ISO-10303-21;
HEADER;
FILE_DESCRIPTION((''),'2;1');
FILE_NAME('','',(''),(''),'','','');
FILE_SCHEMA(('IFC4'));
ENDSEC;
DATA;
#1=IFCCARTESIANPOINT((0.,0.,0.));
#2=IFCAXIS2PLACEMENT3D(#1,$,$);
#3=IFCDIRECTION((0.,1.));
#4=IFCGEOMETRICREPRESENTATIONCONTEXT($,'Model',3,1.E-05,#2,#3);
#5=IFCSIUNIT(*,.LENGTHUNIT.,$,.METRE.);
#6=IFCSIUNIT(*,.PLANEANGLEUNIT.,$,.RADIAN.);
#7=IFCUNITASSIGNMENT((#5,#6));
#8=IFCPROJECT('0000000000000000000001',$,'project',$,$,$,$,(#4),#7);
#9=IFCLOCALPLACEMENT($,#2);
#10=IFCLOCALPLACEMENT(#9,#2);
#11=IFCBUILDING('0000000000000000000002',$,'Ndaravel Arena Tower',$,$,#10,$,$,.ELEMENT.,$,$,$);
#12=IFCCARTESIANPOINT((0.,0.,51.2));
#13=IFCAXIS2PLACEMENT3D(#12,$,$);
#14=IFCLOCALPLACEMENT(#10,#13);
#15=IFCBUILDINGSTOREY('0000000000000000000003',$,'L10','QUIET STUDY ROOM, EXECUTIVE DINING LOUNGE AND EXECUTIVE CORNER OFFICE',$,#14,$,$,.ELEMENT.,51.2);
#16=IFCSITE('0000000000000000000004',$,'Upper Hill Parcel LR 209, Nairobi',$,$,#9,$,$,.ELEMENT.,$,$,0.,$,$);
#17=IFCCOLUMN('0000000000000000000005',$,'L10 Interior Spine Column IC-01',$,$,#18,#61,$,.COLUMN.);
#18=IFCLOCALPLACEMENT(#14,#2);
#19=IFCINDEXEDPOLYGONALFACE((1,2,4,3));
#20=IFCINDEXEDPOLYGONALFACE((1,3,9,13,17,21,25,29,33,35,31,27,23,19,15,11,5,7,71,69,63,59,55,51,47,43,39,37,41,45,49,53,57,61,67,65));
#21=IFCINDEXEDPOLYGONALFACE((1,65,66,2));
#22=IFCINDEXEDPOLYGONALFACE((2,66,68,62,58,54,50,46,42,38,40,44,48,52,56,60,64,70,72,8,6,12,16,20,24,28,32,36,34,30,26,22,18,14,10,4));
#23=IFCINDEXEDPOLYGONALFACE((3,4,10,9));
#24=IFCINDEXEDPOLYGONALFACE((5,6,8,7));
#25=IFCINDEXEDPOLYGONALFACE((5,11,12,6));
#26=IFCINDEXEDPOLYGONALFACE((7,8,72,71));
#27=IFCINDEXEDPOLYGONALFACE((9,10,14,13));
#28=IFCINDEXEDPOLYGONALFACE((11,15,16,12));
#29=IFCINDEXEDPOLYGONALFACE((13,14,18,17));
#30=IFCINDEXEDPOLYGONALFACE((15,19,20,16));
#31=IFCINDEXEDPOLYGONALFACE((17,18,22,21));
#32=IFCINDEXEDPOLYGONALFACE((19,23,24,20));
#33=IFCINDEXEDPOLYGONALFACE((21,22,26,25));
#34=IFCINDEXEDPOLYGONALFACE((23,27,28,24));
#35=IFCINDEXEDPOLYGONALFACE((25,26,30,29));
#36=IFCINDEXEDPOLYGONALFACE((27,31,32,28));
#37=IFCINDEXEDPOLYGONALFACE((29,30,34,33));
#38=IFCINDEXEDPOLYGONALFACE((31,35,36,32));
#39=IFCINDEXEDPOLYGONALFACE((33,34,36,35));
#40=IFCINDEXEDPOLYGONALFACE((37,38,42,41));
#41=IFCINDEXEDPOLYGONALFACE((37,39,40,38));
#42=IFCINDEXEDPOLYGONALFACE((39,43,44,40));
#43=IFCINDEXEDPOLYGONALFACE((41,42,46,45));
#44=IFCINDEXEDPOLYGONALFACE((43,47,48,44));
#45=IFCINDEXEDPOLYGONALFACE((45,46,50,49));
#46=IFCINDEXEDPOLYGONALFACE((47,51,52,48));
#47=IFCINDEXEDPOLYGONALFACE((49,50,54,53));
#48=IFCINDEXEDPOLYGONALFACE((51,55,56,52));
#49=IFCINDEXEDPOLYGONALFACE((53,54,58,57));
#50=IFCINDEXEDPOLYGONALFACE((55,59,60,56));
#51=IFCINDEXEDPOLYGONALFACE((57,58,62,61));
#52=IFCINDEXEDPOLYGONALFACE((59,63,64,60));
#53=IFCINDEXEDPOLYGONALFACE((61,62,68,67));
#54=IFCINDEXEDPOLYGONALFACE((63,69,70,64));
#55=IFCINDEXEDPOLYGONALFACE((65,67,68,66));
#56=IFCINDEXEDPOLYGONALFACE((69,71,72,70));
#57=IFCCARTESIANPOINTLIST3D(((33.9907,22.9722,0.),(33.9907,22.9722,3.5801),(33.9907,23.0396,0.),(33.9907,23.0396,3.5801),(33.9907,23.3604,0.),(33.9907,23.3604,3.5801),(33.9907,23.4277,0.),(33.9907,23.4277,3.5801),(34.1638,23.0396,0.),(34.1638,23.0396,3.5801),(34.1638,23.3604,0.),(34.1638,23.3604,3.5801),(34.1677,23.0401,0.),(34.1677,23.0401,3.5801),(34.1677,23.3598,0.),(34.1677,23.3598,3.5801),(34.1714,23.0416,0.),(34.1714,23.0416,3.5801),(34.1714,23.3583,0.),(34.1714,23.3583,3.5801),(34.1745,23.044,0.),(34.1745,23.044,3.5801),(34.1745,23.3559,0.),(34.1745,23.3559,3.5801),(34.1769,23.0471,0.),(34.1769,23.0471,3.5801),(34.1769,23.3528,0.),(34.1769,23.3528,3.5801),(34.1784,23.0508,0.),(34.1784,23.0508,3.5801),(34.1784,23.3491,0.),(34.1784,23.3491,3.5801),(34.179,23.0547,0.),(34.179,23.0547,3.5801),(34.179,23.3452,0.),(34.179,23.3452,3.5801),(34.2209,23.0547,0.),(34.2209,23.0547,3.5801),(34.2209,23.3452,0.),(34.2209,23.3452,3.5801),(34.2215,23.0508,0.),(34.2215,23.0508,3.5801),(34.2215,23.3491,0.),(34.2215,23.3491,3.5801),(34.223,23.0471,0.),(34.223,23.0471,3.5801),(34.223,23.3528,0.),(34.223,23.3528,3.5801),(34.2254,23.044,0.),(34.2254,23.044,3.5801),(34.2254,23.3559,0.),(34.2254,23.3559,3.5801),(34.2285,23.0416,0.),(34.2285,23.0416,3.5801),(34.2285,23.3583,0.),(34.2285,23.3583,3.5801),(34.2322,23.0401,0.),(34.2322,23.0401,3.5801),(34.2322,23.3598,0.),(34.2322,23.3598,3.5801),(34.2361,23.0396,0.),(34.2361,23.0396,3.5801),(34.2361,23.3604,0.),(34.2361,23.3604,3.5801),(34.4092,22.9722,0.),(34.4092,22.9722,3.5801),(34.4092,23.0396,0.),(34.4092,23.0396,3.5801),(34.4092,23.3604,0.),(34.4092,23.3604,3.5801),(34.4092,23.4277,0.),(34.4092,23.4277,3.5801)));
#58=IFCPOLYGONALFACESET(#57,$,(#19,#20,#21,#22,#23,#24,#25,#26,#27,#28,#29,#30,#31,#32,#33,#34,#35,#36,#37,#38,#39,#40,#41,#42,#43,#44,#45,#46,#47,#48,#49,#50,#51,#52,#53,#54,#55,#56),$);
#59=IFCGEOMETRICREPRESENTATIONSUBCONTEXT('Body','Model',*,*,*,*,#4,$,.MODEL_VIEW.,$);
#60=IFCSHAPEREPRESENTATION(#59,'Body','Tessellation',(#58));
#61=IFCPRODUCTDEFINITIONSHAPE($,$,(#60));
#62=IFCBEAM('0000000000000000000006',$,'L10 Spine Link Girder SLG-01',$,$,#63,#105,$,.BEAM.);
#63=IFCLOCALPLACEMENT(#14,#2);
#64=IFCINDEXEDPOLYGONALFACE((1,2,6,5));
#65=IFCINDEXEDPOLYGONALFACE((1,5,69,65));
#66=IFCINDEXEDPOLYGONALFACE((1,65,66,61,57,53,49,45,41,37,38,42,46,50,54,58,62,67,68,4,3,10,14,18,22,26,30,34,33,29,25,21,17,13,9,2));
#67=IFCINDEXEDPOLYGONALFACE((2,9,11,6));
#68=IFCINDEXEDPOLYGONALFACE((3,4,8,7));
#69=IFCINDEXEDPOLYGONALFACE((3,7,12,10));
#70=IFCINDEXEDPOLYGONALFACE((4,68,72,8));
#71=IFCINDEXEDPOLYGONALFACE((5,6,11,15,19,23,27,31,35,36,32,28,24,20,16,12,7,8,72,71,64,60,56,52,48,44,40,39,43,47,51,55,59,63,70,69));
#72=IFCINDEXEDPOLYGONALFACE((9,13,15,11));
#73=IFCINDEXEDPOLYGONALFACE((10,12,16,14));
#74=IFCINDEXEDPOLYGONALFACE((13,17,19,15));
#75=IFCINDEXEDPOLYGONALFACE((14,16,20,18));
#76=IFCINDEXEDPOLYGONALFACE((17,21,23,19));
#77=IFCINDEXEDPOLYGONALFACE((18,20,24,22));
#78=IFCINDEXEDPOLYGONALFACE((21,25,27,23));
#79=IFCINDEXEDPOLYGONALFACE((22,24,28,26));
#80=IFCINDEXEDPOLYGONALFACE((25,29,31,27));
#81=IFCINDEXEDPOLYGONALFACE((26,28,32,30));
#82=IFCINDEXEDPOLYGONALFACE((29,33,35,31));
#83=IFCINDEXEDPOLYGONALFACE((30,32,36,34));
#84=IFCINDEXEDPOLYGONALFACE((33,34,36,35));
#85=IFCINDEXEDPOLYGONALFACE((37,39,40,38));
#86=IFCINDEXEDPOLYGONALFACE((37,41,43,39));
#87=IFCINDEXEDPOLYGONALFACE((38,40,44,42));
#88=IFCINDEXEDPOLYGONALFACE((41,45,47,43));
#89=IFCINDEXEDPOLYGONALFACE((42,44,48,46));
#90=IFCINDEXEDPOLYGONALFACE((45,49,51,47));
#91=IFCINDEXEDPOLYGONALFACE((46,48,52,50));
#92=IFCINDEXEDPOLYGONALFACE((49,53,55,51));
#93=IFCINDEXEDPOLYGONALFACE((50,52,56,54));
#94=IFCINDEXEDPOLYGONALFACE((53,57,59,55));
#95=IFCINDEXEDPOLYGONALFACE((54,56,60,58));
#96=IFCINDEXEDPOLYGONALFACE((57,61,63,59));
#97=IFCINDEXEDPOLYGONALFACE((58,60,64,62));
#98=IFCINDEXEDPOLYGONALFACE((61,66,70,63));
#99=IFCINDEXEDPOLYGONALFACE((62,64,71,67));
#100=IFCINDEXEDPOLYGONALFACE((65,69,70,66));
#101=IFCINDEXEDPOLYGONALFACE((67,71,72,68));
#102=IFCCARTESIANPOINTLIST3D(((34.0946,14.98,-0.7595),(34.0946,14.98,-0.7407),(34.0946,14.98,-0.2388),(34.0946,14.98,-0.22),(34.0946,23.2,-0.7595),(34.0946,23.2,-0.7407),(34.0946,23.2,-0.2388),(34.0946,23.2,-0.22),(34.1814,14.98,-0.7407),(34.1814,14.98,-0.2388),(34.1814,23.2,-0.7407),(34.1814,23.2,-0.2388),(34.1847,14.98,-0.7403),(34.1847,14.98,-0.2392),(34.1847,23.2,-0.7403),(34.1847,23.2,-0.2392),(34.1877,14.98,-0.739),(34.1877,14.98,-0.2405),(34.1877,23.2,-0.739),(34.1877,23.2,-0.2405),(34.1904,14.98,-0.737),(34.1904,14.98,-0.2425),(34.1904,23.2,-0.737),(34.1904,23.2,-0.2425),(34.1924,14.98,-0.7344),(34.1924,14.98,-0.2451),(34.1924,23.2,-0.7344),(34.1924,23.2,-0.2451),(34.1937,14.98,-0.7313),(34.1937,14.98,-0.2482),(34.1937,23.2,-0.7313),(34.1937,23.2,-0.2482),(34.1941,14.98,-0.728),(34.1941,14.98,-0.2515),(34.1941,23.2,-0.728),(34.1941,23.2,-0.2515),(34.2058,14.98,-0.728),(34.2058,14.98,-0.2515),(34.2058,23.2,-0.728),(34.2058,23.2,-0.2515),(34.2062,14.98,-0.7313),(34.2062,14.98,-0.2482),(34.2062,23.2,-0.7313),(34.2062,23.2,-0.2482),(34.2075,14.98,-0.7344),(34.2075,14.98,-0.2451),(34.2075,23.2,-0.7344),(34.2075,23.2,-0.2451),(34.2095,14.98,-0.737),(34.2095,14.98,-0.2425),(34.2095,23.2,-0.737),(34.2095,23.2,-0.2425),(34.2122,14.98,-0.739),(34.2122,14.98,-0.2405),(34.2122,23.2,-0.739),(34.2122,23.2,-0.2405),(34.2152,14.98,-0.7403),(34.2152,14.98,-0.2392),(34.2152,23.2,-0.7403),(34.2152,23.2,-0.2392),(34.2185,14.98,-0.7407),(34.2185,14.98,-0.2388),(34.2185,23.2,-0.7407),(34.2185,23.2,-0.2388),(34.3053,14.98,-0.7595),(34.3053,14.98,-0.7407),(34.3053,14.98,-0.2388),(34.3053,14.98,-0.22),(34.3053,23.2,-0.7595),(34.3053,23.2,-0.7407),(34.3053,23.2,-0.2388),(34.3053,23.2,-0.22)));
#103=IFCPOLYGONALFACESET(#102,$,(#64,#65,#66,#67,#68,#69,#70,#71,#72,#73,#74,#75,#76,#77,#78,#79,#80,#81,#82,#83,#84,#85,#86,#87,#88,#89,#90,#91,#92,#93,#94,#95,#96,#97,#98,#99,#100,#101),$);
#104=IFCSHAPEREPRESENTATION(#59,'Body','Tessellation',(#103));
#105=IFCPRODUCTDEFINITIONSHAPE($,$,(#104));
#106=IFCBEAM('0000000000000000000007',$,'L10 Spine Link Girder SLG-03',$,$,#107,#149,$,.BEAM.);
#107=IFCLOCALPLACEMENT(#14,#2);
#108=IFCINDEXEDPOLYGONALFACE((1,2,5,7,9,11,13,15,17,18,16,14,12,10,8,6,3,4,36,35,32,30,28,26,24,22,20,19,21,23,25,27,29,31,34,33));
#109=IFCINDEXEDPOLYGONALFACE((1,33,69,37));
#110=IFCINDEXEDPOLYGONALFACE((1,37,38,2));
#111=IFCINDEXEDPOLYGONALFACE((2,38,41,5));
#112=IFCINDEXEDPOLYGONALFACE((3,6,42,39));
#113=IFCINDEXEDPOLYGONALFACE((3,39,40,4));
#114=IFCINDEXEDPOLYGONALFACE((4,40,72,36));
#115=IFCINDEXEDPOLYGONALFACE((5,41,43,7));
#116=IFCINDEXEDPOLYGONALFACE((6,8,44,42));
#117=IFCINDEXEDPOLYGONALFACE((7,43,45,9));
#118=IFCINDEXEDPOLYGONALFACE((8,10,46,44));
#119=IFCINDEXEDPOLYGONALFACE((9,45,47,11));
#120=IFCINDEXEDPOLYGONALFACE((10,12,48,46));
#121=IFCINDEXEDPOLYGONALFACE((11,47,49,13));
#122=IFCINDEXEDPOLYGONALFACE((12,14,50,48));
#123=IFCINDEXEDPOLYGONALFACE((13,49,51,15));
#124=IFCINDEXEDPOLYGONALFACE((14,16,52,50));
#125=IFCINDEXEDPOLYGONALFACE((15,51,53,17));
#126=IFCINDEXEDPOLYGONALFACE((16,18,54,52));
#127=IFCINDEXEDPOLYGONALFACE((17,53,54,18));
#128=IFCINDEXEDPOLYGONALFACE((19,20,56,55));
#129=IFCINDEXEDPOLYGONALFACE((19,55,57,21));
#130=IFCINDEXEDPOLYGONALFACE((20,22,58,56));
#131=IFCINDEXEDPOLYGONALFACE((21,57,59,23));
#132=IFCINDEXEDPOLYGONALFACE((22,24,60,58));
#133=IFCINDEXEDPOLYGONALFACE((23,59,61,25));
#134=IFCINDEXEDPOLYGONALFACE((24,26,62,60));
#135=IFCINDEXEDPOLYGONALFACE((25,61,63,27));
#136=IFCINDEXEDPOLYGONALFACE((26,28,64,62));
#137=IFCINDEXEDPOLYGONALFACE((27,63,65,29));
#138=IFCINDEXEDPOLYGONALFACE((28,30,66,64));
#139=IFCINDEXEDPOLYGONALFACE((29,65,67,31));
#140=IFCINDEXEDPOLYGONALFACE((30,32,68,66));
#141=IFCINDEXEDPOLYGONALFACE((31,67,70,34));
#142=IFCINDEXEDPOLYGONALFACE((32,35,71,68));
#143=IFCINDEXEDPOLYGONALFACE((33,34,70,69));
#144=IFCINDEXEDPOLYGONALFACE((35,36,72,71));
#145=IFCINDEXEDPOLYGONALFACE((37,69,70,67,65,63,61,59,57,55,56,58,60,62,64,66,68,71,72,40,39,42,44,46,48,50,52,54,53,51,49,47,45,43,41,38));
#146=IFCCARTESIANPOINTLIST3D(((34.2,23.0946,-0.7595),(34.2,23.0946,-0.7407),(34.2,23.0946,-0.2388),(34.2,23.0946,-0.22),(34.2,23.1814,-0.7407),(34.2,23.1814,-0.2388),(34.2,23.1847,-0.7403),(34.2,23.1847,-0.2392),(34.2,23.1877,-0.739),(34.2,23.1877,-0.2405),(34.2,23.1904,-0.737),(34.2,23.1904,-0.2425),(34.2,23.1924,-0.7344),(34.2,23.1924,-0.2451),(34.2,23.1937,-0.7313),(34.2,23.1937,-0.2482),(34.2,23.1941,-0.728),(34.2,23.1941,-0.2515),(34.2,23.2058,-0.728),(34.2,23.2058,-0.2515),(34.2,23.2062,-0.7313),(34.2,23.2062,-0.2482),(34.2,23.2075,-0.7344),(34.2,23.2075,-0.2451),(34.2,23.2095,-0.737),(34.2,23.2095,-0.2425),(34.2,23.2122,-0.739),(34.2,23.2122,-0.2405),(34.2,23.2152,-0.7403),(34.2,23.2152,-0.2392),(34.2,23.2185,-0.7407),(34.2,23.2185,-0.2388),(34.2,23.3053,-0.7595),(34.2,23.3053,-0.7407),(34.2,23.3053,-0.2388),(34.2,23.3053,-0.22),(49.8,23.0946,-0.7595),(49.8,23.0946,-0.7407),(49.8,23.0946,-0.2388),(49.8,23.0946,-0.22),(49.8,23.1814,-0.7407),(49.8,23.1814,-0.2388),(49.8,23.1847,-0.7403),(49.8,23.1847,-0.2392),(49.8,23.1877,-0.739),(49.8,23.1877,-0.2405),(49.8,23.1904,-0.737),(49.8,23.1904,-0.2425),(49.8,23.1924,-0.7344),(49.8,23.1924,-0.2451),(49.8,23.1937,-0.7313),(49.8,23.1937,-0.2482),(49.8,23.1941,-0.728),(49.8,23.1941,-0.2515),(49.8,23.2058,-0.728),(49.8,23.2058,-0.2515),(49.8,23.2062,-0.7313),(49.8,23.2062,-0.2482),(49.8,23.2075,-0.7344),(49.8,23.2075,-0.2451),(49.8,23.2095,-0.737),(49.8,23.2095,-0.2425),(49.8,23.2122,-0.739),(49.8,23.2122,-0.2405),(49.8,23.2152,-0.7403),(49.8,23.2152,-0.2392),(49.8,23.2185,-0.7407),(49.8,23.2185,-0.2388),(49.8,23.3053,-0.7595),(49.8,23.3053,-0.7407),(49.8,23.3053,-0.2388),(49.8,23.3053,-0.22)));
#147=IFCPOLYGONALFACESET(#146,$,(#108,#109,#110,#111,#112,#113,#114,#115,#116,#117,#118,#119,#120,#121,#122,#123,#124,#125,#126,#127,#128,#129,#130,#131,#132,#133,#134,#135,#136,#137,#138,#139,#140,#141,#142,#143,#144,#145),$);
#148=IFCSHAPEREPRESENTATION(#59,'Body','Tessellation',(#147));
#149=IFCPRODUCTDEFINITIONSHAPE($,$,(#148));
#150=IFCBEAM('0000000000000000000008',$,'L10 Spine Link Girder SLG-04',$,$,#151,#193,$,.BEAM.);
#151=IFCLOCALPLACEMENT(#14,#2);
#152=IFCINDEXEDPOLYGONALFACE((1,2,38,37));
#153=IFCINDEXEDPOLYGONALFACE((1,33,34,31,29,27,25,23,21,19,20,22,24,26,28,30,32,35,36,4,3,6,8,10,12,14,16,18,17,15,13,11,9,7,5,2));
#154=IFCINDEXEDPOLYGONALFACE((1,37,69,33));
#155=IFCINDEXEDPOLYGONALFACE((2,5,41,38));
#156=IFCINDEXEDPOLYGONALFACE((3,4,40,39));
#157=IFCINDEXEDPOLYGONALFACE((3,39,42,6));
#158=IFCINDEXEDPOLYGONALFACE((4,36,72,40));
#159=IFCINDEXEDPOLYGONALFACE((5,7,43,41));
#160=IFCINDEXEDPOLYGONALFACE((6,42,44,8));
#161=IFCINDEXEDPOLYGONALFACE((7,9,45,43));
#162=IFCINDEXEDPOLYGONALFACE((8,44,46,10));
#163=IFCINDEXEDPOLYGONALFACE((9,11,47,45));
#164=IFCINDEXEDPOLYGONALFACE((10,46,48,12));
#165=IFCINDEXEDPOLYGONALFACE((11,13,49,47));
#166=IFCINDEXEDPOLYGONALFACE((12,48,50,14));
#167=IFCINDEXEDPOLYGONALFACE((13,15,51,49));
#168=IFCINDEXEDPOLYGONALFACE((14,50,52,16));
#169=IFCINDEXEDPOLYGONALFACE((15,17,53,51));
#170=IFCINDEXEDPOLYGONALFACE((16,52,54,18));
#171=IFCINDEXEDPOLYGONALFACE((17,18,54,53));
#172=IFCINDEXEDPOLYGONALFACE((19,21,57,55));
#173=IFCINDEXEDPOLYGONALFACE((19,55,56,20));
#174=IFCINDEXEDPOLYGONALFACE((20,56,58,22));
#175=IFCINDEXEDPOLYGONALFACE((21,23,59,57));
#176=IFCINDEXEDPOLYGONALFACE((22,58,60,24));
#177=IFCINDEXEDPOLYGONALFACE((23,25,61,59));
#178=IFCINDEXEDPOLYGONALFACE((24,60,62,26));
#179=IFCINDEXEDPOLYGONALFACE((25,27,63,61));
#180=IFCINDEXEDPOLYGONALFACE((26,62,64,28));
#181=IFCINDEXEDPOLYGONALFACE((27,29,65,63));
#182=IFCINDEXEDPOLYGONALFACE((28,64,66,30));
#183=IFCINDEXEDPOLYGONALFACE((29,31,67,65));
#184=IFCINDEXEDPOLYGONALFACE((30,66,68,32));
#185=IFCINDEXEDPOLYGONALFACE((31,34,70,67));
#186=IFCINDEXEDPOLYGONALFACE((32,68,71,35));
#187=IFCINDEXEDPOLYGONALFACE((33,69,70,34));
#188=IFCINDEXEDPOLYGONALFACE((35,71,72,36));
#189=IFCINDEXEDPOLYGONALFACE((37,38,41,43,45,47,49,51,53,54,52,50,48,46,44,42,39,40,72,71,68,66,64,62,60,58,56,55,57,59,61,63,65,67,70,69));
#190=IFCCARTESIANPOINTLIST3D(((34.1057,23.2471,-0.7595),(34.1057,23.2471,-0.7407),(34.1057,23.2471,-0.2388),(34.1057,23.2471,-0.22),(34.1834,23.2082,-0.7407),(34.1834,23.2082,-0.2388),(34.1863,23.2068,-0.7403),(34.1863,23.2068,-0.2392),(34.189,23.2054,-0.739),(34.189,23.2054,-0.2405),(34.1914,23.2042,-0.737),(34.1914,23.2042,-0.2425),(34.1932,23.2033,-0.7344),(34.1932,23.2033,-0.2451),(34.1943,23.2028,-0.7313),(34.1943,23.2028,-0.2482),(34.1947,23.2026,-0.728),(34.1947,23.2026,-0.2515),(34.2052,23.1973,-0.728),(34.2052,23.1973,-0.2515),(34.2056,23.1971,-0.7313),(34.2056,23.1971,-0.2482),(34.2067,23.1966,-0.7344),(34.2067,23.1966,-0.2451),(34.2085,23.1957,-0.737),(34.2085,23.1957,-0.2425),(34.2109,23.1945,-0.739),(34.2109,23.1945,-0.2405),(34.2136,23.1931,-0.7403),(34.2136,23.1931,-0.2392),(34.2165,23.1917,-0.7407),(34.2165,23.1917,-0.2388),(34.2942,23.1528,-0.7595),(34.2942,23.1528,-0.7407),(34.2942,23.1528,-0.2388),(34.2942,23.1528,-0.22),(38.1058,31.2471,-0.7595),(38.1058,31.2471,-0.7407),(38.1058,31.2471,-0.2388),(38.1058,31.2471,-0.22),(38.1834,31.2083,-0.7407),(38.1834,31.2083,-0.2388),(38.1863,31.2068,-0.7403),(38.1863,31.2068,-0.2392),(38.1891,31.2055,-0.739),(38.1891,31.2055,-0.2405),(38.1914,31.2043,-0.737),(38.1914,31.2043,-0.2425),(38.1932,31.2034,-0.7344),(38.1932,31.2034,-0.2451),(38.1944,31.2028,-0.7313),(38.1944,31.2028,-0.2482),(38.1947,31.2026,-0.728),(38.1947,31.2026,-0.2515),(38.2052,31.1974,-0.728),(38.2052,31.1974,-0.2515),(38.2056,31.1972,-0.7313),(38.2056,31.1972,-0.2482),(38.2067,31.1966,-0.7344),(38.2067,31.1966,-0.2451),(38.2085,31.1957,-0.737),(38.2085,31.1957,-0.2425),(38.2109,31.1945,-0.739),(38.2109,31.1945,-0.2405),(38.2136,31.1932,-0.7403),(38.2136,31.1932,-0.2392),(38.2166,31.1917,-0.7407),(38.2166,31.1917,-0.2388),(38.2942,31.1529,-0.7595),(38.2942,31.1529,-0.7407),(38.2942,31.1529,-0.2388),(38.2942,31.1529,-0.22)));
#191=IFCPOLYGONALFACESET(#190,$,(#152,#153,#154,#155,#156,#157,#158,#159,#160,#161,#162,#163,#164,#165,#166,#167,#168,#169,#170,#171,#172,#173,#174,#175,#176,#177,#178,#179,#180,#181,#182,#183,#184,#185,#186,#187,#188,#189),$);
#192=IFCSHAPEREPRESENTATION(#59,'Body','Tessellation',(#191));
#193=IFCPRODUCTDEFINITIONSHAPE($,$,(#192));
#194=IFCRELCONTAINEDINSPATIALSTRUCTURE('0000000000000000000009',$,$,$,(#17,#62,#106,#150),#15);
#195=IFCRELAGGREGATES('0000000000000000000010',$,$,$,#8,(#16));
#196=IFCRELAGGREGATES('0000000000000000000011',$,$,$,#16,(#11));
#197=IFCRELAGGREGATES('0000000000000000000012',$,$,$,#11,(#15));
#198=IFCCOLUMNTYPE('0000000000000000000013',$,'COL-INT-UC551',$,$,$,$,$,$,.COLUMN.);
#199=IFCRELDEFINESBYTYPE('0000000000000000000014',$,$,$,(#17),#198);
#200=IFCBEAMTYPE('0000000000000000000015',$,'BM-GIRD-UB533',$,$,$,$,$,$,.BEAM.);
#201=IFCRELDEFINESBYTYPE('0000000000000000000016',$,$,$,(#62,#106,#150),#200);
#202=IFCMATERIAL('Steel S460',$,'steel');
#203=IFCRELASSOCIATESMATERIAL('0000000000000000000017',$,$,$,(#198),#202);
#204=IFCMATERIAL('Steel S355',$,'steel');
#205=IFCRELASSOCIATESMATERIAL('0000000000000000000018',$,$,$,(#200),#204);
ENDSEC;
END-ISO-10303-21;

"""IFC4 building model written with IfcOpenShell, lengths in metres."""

from ifc_helpers import new_model, si_unit, direction, frame, origin, origin_2d, place, context, subcontext, project, spatial, i_section, extrude, material, material_profile, profile_set, type_object, element, save


model = new_model("IFC4")

# Units and contexts
model_context = context("Model", 3, precision=1e-05, world=origin(), true_north=direction((0.0, 1.0)))
body_context = subcontext(model_context, "Body", "Model", "MODEL_VIEW")
ifc_project = project(units=[si_unit("LENGTHUNIT", "METRE"), si_unit("PLANEANGLEUNIT", "RADIAN")], contexts=[model_context])

# Site, building, storey
site_placement = place(None, origin())
site = spatial("IfcSite", under=ifc_project, at=site_placement, Name="Upper Hill Parcel LR 209, Nairobi", CompositionType="ELEMENT", RefElevation=0.0)
building_placement = place(site_placement, origin())
building = spatial("IfcBuilding", under=site, at=building_placement, Name="Ndaravel Arena Tower", CompositionType="ELEMENT")
storey_placement = place(building_placement, frame((0.0, 0.0, 51.2)))
storey = spatial("IfcBuildingStorey", under=building, at=storey_placement, Name="L10", Description="QUIET STUDY ROOM, EXECUTIVE DINING LOUNGE AND EXECUTIVE CORNER OFFICE", CompositionType="ELEMENT", Elevation=51.2)

# Column
ifc_material_1 = material(Name="Steel S460", Category="steel")
ifc_material_profile_1 = material_profile(ifc_material_1, i_section(OverallWidth=0.4185, OverallDepth=0.4556, WebThickness=0.042, FlangeThickness=0.0674, FilletRadius=0.0151, at=origin_2d()), Name="UC 356x406x551")
ifc_profile_set_1 = profile_set([ifc_material_profile_1], Name="Steel S460")
column_type = type_object("IfcColumnType", Name="COL-INT-UC551", PredefinedType="COLUMN", material=ifc_profile_set_1)
column_placement = place(storey_placement, frame((34.2, 23.2, 0.0), z_axis=(0.0, 0.0, 1.0), x_axis=(1.0, 0.0, 0.0)))
element("IfcColumn", 1, at=column_placement, inside=storey, type_object=column_type, Name="L10 Interior Spine Column IC-01", PredefinedType="COLUMN", context=body_context, shape_type="SweptSolid", body=[
    extrude(i_section(OverallWidth=0.4185, OverallDepth=0.4556, WebThickness=0.042, FlangeThickness=0.0674, FilletRadius=0.0151, at=origin_2d()), origin(), (0.0, 0.0, 1.0), 3.5801),
])

# Beams
ifc_material_2 = material(Name="Steel S355", Category="steel")
ifc_material_profile_2 = material_profile(ifc_material_2, i_section(OverallWidth=0.2107, OverallDepth=0.5396, WebThickness=0.0117, FlangeThickness=0.0188, FilletRadius=0.0127, at=origin_2d()), Name="UB 533x210x109")
ifc_profile_set_2 = profile_set([ifc_material_profile_2], Name="Steel S355")
beam_type_1 = type_object("IfcBeamType", Name="BM-GIRD-UB533", PredefinedType="BEAM", material=ifc_profile_set_2)
beam_1_placement = place(storey_placement, frame((34.2, 14.98, -0.4897), z_axis=(0.0, 1.0, 0.0), x_axis=(-1.0, 0.0, 0.0)))
element("IfcBeam", 2, at=beam_1_placement, inside=storey, type_object=beam_type_1, Name="L10 Spine Link Girder SLG-01", PredefinedType="BEAM", context=body_context, shape_type="SweptSolid", body=[
    extrude(i_section(OverallWidth=0.2107, OverallDepth=0.5396, WebThickness=0.0117, FlangeThickness=0.0188, FilletRadius=0.0127, at=origin_2d()), origin(), (0.0, 0.0, 1.0), 8.22),
])
beam_2_placement = place(storey_placement, frame((34.2, 23.2, -0.4897), z_axis=(1.0, 0.0, 0.0), x_axis=(0.0, 1.0, 0.0)))
element("IfcBeam", 3, at=beam_2_placement, inside=storey, type_object=beam_type_1, Name="L10 Spine Link Girder SLG-03", PredefinedType="BEAM", context=body_context, shape_type="SweptSolid", body=[
    extrude(i_section(OverallWidth=0.2107, OverallDepth=0.5396, WebThickness=0.0117, FlangeThickness=0.0188, FilletRadius=0.0127, at=origin_2d()), origin(), (0.0, 0.0, 1.0), 15.6001),
])
beam_3_placement = place(storey_placement, frame((34.2, 23.2, -0.4897), z_axis=(0.447214, 0.894427, 0.0), x_axis=(-0.894427, 0.447214, 0.0)))
element("IfcBeam", 4, at=beam_3_placement, inside=storey, type_object=beam_type_1, Name="L10 Spine Link Girder SLG-04", PredefinedType="BEAM", context=body_context, shape_type="SweptSolid", body=[
    extrude(i_section(OverallWidth=0.2107, OverallDepth=0.5396, WebThickness=0.0117, FlangeThickness=0.0188, FilletRadius=0.0127, at=origin_2d()), origin(), (0.0, 0.0, 1.0), 8.9443),
])

save(model, "model.ifc")
